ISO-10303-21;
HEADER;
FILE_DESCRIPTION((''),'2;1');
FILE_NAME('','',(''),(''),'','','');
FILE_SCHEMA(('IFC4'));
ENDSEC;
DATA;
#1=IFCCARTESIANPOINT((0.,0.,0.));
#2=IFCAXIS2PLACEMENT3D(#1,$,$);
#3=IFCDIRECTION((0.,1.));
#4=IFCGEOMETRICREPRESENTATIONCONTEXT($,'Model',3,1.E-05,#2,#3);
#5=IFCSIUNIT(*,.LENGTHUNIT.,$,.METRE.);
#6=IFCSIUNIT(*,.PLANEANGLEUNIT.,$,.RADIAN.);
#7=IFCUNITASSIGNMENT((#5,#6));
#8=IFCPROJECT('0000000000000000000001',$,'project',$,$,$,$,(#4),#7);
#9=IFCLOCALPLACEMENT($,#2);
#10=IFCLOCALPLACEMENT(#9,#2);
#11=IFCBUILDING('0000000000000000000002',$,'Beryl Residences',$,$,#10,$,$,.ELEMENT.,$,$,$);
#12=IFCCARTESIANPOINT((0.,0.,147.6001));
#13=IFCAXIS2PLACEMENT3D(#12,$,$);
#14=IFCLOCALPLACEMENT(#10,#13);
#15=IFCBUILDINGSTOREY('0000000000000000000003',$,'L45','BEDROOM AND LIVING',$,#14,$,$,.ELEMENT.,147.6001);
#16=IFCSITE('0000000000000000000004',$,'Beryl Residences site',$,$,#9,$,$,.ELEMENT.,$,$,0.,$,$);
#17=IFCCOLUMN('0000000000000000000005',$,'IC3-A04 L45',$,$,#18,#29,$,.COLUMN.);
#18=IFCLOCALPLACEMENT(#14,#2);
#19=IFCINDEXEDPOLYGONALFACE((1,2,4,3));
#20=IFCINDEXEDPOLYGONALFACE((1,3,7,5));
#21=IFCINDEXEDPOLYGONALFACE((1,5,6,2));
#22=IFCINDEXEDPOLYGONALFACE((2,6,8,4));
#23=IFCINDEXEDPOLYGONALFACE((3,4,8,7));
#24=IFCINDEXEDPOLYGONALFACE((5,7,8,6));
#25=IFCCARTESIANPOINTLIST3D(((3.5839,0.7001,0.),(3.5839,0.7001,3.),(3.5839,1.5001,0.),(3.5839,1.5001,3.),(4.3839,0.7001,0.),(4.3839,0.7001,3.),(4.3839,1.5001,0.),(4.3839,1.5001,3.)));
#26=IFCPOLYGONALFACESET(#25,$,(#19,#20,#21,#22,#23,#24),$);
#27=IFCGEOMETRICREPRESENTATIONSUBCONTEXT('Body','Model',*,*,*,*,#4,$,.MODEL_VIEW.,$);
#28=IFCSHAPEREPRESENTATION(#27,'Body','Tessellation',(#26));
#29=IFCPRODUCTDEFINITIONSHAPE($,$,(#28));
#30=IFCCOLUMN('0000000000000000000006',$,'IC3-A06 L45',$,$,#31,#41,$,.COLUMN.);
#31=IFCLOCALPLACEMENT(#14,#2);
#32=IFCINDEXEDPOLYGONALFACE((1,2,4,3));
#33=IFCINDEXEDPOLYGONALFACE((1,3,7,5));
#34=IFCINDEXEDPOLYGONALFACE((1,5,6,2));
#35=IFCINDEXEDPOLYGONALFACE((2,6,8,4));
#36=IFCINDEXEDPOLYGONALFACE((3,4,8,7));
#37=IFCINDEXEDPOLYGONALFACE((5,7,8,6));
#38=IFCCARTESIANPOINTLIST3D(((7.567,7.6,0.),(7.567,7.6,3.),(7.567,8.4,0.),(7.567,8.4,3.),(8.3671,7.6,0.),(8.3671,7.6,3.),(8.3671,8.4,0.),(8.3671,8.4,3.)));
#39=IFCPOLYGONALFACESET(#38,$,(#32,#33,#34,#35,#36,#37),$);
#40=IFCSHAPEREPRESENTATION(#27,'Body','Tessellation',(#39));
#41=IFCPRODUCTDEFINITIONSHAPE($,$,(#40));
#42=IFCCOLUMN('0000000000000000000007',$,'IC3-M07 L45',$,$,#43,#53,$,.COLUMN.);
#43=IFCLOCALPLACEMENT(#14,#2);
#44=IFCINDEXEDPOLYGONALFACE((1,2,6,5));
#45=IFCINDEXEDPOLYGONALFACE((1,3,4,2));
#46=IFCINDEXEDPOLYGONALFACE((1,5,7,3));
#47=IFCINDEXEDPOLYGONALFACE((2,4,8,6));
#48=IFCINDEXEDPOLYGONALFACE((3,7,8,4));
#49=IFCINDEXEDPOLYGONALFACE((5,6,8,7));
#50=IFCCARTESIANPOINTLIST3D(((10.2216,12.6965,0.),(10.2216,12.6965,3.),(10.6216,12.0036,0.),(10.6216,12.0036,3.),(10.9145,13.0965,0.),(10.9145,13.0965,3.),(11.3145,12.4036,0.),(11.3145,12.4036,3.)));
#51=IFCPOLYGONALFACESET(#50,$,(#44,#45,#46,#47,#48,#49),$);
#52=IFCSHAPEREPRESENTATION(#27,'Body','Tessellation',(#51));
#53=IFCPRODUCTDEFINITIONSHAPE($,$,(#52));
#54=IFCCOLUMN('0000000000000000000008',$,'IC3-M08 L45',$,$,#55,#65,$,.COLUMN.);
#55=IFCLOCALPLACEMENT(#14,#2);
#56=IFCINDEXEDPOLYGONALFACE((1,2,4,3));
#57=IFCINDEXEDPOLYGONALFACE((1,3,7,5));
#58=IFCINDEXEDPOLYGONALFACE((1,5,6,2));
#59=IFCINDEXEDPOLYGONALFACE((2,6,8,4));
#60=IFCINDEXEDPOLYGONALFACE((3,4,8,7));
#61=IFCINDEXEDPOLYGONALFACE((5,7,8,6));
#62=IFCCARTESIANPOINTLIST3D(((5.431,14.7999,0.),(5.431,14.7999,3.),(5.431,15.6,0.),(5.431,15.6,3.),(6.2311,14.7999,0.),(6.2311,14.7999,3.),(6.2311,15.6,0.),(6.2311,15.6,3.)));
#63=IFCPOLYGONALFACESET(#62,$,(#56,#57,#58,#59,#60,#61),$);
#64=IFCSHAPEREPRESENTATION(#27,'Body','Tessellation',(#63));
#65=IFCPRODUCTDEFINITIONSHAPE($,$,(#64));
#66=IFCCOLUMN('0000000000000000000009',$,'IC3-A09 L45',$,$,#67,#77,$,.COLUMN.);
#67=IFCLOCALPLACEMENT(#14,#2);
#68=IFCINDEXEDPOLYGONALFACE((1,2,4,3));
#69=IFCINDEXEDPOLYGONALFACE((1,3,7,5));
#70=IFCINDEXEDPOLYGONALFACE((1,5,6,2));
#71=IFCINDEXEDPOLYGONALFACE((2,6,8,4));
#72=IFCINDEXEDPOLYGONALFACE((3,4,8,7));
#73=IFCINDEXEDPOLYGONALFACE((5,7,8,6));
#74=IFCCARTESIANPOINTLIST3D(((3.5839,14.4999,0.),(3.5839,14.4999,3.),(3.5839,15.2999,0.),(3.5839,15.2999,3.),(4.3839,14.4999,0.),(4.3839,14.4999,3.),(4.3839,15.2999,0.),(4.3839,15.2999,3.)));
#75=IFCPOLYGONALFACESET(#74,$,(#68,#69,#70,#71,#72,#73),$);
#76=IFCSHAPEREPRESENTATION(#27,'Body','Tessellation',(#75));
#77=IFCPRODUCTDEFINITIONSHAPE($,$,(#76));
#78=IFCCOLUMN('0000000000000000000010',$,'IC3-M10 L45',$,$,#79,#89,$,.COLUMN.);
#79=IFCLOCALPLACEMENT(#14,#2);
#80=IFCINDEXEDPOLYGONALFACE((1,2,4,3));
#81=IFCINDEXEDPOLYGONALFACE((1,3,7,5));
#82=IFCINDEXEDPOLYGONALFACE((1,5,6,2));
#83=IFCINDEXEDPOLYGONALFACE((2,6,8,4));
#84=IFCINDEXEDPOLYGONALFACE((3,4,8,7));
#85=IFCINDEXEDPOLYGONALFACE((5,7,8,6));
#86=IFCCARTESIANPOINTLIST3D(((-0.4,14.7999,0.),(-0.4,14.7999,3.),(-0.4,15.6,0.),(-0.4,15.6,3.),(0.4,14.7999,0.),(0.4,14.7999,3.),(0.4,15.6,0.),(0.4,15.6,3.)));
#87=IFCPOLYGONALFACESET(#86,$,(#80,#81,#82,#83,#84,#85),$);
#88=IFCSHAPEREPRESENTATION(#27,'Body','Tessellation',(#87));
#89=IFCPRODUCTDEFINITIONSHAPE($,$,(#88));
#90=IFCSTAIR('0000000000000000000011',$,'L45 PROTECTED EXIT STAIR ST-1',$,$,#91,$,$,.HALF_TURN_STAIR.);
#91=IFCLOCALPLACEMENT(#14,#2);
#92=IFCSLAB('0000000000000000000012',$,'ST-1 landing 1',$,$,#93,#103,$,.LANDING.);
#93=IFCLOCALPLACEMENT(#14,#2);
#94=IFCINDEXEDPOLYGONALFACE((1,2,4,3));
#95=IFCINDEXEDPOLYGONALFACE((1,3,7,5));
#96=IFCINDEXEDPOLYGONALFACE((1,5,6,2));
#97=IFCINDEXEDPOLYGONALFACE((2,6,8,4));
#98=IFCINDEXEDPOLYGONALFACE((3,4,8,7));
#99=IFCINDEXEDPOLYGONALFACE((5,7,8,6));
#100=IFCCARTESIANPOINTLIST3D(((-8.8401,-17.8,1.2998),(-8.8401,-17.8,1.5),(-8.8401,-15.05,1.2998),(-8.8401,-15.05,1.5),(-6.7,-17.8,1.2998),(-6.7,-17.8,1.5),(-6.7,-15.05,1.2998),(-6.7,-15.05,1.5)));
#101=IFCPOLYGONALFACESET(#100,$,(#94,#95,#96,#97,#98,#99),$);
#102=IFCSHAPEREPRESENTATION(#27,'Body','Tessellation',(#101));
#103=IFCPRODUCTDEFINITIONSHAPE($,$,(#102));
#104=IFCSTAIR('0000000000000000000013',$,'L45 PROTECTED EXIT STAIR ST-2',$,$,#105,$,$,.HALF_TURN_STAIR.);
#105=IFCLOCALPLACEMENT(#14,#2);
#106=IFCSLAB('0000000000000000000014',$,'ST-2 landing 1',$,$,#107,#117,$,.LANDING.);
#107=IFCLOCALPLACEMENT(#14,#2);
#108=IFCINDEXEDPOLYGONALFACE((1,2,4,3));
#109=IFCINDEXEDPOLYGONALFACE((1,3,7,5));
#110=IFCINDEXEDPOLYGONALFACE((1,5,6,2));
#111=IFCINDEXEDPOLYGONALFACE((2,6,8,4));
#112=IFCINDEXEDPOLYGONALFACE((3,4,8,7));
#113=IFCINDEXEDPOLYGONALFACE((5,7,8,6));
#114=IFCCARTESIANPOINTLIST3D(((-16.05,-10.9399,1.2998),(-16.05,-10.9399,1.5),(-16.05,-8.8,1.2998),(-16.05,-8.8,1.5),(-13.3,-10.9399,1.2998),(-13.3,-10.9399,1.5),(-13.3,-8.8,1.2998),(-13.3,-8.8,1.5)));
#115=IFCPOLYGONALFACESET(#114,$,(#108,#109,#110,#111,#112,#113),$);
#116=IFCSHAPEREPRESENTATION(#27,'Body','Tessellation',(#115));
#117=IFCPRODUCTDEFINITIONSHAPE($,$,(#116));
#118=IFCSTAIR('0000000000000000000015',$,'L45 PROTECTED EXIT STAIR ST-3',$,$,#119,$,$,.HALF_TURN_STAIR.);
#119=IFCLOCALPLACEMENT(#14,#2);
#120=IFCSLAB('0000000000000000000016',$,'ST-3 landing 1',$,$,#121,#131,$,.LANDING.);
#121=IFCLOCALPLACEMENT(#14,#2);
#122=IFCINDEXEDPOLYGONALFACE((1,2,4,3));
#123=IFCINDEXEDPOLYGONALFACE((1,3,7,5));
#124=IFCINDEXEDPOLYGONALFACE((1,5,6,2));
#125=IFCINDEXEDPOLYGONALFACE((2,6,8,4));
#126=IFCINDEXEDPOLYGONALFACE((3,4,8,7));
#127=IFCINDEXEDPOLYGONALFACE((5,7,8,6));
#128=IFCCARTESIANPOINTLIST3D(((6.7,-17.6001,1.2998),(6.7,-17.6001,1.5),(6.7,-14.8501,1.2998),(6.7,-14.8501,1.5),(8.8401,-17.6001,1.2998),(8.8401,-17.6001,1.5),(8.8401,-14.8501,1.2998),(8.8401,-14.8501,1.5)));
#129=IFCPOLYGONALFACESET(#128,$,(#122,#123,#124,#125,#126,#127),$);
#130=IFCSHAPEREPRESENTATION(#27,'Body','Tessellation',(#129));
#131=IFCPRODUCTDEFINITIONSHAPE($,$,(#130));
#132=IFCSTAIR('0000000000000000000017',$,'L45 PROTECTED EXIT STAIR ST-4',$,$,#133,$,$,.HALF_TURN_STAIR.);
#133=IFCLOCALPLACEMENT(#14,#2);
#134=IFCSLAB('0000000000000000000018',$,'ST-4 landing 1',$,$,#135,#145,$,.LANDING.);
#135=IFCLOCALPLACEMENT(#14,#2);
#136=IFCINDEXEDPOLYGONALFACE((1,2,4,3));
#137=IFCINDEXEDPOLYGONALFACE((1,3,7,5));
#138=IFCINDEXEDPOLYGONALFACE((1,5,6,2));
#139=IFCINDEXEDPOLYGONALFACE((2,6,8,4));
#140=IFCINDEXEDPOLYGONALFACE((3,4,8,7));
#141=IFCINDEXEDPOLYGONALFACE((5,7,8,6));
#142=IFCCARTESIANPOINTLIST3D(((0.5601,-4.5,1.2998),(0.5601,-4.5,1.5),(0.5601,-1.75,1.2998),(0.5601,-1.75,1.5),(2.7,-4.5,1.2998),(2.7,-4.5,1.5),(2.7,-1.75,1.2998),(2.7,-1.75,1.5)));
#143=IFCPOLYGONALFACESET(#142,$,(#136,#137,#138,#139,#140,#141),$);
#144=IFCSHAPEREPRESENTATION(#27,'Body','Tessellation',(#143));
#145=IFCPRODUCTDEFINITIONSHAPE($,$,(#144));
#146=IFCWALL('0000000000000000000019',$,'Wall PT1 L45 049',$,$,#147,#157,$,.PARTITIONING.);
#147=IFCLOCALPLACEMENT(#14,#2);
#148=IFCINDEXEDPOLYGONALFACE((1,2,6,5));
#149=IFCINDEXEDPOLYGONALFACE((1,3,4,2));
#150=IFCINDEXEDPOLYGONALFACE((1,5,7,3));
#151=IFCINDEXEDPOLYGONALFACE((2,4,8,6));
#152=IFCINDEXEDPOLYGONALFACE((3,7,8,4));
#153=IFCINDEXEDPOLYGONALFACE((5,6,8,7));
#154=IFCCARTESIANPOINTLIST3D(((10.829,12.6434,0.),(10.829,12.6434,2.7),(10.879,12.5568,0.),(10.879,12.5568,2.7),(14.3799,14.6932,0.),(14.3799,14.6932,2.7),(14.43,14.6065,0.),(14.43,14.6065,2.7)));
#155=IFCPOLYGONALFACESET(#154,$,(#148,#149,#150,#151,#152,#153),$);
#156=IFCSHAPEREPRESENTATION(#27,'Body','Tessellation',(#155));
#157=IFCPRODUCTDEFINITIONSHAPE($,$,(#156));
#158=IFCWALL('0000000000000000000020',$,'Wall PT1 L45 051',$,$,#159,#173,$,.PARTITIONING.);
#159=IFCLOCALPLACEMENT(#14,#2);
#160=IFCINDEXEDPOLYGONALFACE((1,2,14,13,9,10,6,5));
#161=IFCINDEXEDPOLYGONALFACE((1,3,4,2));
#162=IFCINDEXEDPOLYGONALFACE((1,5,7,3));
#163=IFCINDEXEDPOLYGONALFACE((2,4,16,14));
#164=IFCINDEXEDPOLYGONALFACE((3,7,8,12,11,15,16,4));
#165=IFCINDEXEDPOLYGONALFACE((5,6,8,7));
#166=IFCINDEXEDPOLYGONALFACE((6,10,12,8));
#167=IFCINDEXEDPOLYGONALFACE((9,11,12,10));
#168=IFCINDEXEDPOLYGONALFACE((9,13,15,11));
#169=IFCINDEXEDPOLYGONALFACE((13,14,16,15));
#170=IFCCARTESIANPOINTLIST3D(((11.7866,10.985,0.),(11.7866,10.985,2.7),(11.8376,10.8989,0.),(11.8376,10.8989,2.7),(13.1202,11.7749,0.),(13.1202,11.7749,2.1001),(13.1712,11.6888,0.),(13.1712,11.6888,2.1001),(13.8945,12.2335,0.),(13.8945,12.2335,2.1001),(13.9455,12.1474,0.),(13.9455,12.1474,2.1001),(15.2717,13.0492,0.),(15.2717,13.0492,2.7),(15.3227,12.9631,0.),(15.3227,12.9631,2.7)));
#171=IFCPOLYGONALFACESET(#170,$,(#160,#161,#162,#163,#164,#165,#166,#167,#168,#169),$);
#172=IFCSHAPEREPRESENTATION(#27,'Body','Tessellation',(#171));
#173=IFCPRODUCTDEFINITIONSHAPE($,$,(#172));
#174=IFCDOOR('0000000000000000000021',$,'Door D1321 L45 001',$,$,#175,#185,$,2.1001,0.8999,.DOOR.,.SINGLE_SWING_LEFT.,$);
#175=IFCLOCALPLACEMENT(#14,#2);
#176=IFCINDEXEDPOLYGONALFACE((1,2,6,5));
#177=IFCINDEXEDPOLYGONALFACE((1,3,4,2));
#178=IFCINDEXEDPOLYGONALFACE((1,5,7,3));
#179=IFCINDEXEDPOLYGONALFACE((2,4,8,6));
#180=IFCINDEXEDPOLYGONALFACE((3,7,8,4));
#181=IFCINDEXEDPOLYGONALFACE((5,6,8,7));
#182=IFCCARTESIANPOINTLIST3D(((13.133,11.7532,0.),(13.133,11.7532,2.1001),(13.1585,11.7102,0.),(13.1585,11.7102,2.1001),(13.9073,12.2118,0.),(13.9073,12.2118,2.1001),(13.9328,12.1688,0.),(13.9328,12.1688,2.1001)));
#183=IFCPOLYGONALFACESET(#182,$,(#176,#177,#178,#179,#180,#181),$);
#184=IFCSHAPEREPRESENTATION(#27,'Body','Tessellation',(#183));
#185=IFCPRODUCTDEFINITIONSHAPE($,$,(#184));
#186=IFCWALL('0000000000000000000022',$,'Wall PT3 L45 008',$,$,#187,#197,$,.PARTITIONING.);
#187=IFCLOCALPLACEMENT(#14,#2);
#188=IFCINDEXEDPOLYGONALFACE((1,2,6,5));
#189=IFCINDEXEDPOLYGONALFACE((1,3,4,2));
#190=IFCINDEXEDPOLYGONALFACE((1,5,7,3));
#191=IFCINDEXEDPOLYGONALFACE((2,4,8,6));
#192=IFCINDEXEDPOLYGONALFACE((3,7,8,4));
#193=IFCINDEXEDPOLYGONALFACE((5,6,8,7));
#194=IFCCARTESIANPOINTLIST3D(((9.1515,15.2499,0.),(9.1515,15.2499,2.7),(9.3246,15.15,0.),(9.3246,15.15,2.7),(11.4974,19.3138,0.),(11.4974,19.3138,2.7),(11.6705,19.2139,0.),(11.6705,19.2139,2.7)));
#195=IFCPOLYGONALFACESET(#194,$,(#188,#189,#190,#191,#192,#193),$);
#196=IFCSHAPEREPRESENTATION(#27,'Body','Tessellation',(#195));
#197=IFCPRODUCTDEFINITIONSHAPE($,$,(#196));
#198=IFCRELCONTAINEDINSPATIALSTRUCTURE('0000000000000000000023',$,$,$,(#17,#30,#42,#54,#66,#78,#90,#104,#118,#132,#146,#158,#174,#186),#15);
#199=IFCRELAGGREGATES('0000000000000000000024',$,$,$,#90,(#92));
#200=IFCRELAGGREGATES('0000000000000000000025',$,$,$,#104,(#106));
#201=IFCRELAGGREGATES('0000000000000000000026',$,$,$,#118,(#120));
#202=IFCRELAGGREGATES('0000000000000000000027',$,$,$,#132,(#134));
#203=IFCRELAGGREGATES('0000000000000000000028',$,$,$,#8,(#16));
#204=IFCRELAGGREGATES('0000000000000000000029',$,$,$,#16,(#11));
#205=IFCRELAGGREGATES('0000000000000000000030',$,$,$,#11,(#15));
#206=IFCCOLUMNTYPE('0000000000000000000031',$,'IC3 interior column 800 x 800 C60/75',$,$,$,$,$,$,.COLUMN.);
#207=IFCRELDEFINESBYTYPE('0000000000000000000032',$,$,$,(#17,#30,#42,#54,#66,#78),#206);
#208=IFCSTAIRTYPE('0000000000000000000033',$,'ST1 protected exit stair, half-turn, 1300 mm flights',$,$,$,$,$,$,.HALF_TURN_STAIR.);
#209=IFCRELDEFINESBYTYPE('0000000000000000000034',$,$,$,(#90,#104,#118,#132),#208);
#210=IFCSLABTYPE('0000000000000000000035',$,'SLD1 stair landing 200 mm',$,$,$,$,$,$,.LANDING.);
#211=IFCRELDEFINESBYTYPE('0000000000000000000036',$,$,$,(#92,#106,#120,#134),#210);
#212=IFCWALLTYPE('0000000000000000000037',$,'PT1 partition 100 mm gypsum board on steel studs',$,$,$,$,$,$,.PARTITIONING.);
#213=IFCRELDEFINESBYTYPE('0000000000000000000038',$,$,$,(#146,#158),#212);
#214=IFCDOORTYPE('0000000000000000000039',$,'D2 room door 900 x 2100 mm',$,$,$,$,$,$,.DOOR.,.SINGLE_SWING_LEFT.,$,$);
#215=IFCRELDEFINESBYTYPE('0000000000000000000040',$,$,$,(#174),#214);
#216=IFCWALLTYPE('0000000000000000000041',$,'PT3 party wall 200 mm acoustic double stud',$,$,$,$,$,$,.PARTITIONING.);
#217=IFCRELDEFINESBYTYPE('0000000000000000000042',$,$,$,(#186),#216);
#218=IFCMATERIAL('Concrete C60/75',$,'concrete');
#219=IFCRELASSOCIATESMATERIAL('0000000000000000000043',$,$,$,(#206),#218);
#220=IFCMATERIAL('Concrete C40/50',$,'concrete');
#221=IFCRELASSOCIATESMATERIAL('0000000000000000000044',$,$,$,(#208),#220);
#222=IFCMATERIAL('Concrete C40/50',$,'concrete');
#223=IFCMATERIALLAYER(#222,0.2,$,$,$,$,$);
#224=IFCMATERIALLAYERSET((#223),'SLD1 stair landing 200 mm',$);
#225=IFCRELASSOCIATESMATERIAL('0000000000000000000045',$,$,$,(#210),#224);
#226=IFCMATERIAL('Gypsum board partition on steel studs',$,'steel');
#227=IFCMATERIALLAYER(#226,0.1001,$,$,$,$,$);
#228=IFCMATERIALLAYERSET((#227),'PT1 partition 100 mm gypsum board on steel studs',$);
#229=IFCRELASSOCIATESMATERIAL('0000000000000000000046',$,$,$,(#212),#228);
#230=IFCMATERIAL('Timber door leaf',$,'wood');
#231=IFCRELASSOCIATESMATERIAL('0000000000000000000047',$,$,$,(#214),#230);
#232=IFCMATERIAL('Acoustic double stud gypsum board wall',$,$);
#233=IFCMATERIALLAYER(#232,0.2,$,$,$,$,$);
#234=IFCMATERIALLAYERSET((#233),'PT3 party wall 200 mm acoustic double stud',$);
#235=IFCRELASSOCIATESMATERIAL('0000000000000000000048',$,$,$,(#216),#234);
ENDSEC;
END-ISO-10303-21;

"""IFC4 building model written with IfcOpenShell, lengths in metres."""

from ifc_helpers import new_model, si_unit, direction, frame, frame_2d, origin, origin_2d, place, context, subcontext, project, spatial, polyline, rectangle, outline, extrude, material, layer, layer_set, material_profile, profile_set, type_object, element, fill, aggregate, save


model = new_model("IFC4")

# Units and contexts
model_context = context("Model", 3, precision=1e-05, world=origin(), true_north=direction((0.0, 1.0)))
body_context = subcontext(model_context, "Body", "Model", "MODEL_VIEW")
ifc_project = project(units=[si_unit("LENGTHUNIT", "METRE"), si_unit("PLANEANGLEUNIT", "RADIAN")], contexts=[model_context])

# Site, building, storey
site_placement = place(None, origin())
site = spatial("IfcSite", under=ifc_project, at=site_placement, Name="Beryl Residences site", CompositionType="ELEMENT", RefElevation=0.0)
building_placement = place(site_placement, origin())
building = spatial("IfcBuilding", under=site, at=building_placement, Name="Beryl Residences", CompositionType="ELEMENT")
storey_placement = place(building_placement, frame((0.0, 0.0, 147.6001)))
storey = spatial("IfcBuildingStorey", under=building, at=storey_placement, Name="L45", Description="BEDROOM AND LIVING", CompositionType="ELEMENT", Elevation=147.6001)

# Columns
ifc_material_1 = material(Name="Concrete C60/75", Category="concrete")
ifc_material_profile = material_profile(ifc_material_1, rectangle(XDim=0.8, YDim=0.8, at=origin_2d()))
ifc_profile_set = profile_set([ifc_material_profile], Name="Concrete C60/75")
column_type = type_object("IfcColumnType", Name="IC3 interior column 800 x 800 C60/75", PredefinedType="COLUMN", material=ifc_profile_set)
for number, where, z_axis, x_axis, name in (
    (1, (3.9839, 1.1001, 0.0), (0.0, 0.0, 1.0), (1.0, 0.0, 0.0), "IC3-A04 L45"),
    (2, (7.967, 8.0, 0.0), (0.0, 0.0, 1.0), (1.0, 0.0, 0.0), "IC3-A06 L45"),
    (3, (10.7681, 12.55, 0.0), (0.0, 0.0, 1.0), (-0.5, 0.866025, 0.0), "IC3-M07 L45"),
    (4, (5.8311, 15.2, 0.0), (0.0, 0.0, 1.0), (-1.0, 0.0, 0.0), "IC3-M08 L45"),
    (5, (3.9839, 14.8999, 0.0), (0.0, 0.0, 1.0), (1.0, 0.0, 0.0), "IC3-A09 L45"),
    (6, (0.0, 15.2, 0.0), (0.0, 0.0, 1.0), (-1.0, 0.0, 0.0), "IC3-M10 L45"),
):
    element("IfcColumn", number, at=place(storey_placement, frame(where, z_axis=z_axis, x_axis=x_axis)), inside=storey, type_object=column_type, Name=name, PredefinedType="COLUMN", context=body_context, shape_type="SweptSolid", body=[
        extrude(rectangle(XDim=0.8, YDim=0.8, at=origin_2d()), origin(), (0.0, 0.0, 1.0), 3.0),
    ])

# Stairs, slabs
ifc_material_2 = material(Name="Concrete C40/50", Category="concrete")
stair_type = type_object("IfcStairType", Name="ST1 protected exit stair, half-turn, 1300 mm flights", PredefinedType="HALF_TURN_STAIR", material=ifc_material_2)
stair_1_placement = place(storey_placement, origin())
stair_1 = element("IfcStair", 7, at=stair_1_placement, inside=storey, type_object=stair_type, Name="L45 PROTECTED EXIT STAIR ST-1", PredefinedType="HALF_TURN_STAIR")
ifc_material_3 = material(Name="Concrete C40/50", Category="concrete")
ifc_layer_1 = layer(ifc_material_3, 0.2)
ifc_layer_set_1 = layer_set([ifc_layer_1], Name="SLD1 stair landing 200 mm")
slab_type_1 = type_object("IfcSlabType", Name="SLD1 stair landing 200 mm", PredefinedType="LANDING", material=ifc_layer_set_1)
slab_1_placement = place(storey_placement, frame((0.0, 0.0, 1.2998)))
slab_1 = element("IfcSlab", 8, at=slab_1_placement, type_object=slab_type_1, Name="ST-1 landing 1", PredefinedType="LANDING", context=body_context, shape_type="SweptSolid", body=[
    extrude(outline(polyline([(-8.8401, -17.8), (-6.7, -17.8), (-6.7, -15.05), (-8.8401, -15.05), (-8.8401, -17.8)])), origin(), (0.0, 0.0, 1.0), 0.2002),
])
aggregate(stair_1, [slab_1])
stair_2_placement = place(storey_placement, origin())
stair_2 = element("IfcStair", 9, at=stair_2_placement, inside=storey, type_object=stair_type, Name="L45 PROTECTED EXIT STAIR ST-2", PredefinedType="HALF_TURN_STAIR")
slab_2_placement = place(storey_placement, frame((0.0, 0.0, 1.2998)))
slab_2 = element("IfcSlab", 10, at=slab_2_placement, type_object=slab_type_1, Name="ST-2 landing 1", PredefinedType="LANDING", context=body_context, shape_type="SweptSolid", body=[
    extrude(outline(polyline([(-13.3, -10.9399), (-13.3, -8.8), (-16.05, -8.8), (-16.05, -10.9399), (-13.3, -10.9399)])), origin(), (0.0, 0.0, 1.0), 0.2002),
])
aggregate(stair_2, [slab_2])
stair_3_placement = place(storey_placement, origin())
stair_3 = element("IfcStair", 11, at=stair_3_placement, inside=storey, type_object=stair_type, Name="L45 PROTECTED EXIT STAIR ST-3", PredefinedType="HALF_TURN_STAIR")
slab_3_placement = place(storey_placement, frame((0.0, 0.0, 1.2998)))
slab_3 = element("IfcSlab", 12, at=slab_3_placement, type_object=slab_type_1, Name="ST-3 landing 1", PredefinedType="LANDING", context=body_context, shape_type="SweptSolid", body=[
    extrude(outline(polyline([(8.8401, -14.8501), (6.7, -14.8501), (6.7, -17.6001), (8.8401, -17.6001), (8.8401, -14.8501)])), origin(), (0.0, 0.0, 1.0), 0.2002),
])
aggregate(stair_3, [slab_3])
stair_4_placement = place(storey_placement, origin())
stair_4 = element("IfcStair", 13, at=stair_4_placement, inside=storey, type_object=stair_type, Name="L45 PROTECTED EXIT STAIR ST-4", PredefinedType="HALF_TURN_STAIR")
slab_4_placement = place(storey_placement, frame((0.0, 0.0, 1.2998)))
slab_4 = element("IfcSlab", 14, at=slab_4_placement, type_object=slab_type_1, Name="ST-4 landing 1", PredefinedType="LANDING", context=body_context, shape_type="SweptSolid", body=[
    extrude(outline(polyline([(0.5601, -4.5), (2.7, -4.5), (2.7, -1.75), (0.5601, -1.75), (0.5601, -4.5)])), origin(), (0.0, 0.0, 1.0), 0.2002),
])
aggregate(stair_4, [slab_4])

# Wall
ifc_material_4 = material(Name="Gypsum board partition on steel studs", Category="steel")
ifc_layer_2 = layer(ifc_material_4, 0.1001)
ifc_layer_set_2 = layer_set([ifc_layer_2], Name="PT1 partition 100 mm gypsum board on steel studs")
wall_type_1 = type_object("IfcWallType", Name="PT1 partition 100 mm gypsum board on steel studs", PredefinedType="PARTITIONING", material=ifc_layer_set_2)
wall_1_placement = place(storey_placement, frame((10.854, 12.6001, 0.0), z_axis=(0.0, 0.0, 1.0), x_axis=(0.866066, 0.49993, 0.0)))
element("IfcWall", 15, at=wall_1_placement, inside=storey, type_object=wall_type_1, Name="Wall PT1 L45 049", PredefinedType="PARTITIONING", context=body_context, shape_type="SweptSolid", body=[
    extrude(rectangle(XDim=4.1001, YDim=0.1001, at=frame_2d((2.05, 0.0))), origin(), (0.0, 0.0, 1.0), 2.7),
])

# Wall, opening, door
wall_2_placement = place(storey_placement, frame((11.812, 10.9419, 0.0), z_axis=(0.0, 0.0, 1.0), x_axis=(0.860404, 0.509612, 0.0)))
wall_2 = element("IfcWall", 16, at=wall_2_placement, inside=storey, type_object=wall_type_1, Name="Wall PT1 L45 051", PredefinedType="PARTITIONING", context=body_context, shape_type="SweptSolid", body=[
    extrude(rectangle(XDim=4.0505, YDim=0.1001, at=frame_2d((2.0254, 0.0))), origin(), (0.0, 0.0, 1.0), 2.7),
])
opening_1_placement = place(wall_2_placement, frame((1.55, 0.0, 0.0)))
opening_1 = element("IfcOpeningElement", 17, at=opening_1_placement, cuts=wall_2, PredefinedType="OPENING", context=body_context, shape_type="SweptSolid", body=[
    extrude(rectangle(XDim=0.8999, YDim=2.1001, at=frame_2d((0.45, 1.05))), frame((0.0, 0.0601, 0.0), z_axis=(0.0, -1.0, 0.0), x_axis=(1.0, 0.0, 0.0)), (0.0, 0.0, 1.0), 0.1201),
])
ifc_material_5 = material(Name="Timber door leaf", Category="wood")
door_type_1 = type_object("IfcDoorType", Name="D2 room door 900 x 2100 mm", OperationType="SINGLE_SWING_LEFT", PredefinedType="DOOR", material=ifc_material_5)
door_1_placement = place(opening_1_placement, origin())
door_1 = element("IfcDoor", 18, at=door_1_placement, inside=storey, type_object=door_type_1, Name="Door D1321 L45 001", OperationType="SINGLE_SWING_LEFT", OverallHeight=2.1001, OverallWidth=0.8999, PredefinedType="DOOR", context=body_context, shape_type="SweptSolid", body=[
    extrude(rectangle(XDim=0.8999, YDim=2.1001, at=frame_2d((0.45, 1.05))), frame((0.0, 0.0249, 0.0), z_axis=(0.0, -1.0, 0.0), x_axis=(1.0, 0.0, 0.0)), (0.0, 0.0, 1.0), 0.05),
])
fill(opening_1, door_1)

# Wall
ifc_material_6 = material(Name="Acoustic double stud gypsum board wall")
ifc_layer_3 = layer(ifc_material_6, 0.2)
ifc_layer_set_3 = layer_set([ifc_layer_3], Name="PT3 party wall 200 mm acoustic double stud")
wall_type_2 = type_object("IfcWallType", Name="PT3 party wall 200 mm acoustic double stud", PredefinedType="PARTITIONING", material=ifc_layer_set_3)
wall_3_placement = place(storey_placement, frame((9.238, 15.2, 0.0), z_axis=(0.0, 0.0, 1.0), x_axis=(0.499939, 0.866061, 0.0)))
element("IfcWall", 19, at=wall_3_placement, inside=storey, type_object=wall_type_2, Name="Wall PT3 L45 008", PredefinedType="PARTITIONING", context=body_context, shape_type="SweptSolid", body=[
    extrude(rectangle(XDim=4.6924, YDim=0.2, at=frame_2d((2.3462, 0.0))), origin(), (0.0, 0.0, 1.0), 2.7),
])

save(model, "model.ifc")
